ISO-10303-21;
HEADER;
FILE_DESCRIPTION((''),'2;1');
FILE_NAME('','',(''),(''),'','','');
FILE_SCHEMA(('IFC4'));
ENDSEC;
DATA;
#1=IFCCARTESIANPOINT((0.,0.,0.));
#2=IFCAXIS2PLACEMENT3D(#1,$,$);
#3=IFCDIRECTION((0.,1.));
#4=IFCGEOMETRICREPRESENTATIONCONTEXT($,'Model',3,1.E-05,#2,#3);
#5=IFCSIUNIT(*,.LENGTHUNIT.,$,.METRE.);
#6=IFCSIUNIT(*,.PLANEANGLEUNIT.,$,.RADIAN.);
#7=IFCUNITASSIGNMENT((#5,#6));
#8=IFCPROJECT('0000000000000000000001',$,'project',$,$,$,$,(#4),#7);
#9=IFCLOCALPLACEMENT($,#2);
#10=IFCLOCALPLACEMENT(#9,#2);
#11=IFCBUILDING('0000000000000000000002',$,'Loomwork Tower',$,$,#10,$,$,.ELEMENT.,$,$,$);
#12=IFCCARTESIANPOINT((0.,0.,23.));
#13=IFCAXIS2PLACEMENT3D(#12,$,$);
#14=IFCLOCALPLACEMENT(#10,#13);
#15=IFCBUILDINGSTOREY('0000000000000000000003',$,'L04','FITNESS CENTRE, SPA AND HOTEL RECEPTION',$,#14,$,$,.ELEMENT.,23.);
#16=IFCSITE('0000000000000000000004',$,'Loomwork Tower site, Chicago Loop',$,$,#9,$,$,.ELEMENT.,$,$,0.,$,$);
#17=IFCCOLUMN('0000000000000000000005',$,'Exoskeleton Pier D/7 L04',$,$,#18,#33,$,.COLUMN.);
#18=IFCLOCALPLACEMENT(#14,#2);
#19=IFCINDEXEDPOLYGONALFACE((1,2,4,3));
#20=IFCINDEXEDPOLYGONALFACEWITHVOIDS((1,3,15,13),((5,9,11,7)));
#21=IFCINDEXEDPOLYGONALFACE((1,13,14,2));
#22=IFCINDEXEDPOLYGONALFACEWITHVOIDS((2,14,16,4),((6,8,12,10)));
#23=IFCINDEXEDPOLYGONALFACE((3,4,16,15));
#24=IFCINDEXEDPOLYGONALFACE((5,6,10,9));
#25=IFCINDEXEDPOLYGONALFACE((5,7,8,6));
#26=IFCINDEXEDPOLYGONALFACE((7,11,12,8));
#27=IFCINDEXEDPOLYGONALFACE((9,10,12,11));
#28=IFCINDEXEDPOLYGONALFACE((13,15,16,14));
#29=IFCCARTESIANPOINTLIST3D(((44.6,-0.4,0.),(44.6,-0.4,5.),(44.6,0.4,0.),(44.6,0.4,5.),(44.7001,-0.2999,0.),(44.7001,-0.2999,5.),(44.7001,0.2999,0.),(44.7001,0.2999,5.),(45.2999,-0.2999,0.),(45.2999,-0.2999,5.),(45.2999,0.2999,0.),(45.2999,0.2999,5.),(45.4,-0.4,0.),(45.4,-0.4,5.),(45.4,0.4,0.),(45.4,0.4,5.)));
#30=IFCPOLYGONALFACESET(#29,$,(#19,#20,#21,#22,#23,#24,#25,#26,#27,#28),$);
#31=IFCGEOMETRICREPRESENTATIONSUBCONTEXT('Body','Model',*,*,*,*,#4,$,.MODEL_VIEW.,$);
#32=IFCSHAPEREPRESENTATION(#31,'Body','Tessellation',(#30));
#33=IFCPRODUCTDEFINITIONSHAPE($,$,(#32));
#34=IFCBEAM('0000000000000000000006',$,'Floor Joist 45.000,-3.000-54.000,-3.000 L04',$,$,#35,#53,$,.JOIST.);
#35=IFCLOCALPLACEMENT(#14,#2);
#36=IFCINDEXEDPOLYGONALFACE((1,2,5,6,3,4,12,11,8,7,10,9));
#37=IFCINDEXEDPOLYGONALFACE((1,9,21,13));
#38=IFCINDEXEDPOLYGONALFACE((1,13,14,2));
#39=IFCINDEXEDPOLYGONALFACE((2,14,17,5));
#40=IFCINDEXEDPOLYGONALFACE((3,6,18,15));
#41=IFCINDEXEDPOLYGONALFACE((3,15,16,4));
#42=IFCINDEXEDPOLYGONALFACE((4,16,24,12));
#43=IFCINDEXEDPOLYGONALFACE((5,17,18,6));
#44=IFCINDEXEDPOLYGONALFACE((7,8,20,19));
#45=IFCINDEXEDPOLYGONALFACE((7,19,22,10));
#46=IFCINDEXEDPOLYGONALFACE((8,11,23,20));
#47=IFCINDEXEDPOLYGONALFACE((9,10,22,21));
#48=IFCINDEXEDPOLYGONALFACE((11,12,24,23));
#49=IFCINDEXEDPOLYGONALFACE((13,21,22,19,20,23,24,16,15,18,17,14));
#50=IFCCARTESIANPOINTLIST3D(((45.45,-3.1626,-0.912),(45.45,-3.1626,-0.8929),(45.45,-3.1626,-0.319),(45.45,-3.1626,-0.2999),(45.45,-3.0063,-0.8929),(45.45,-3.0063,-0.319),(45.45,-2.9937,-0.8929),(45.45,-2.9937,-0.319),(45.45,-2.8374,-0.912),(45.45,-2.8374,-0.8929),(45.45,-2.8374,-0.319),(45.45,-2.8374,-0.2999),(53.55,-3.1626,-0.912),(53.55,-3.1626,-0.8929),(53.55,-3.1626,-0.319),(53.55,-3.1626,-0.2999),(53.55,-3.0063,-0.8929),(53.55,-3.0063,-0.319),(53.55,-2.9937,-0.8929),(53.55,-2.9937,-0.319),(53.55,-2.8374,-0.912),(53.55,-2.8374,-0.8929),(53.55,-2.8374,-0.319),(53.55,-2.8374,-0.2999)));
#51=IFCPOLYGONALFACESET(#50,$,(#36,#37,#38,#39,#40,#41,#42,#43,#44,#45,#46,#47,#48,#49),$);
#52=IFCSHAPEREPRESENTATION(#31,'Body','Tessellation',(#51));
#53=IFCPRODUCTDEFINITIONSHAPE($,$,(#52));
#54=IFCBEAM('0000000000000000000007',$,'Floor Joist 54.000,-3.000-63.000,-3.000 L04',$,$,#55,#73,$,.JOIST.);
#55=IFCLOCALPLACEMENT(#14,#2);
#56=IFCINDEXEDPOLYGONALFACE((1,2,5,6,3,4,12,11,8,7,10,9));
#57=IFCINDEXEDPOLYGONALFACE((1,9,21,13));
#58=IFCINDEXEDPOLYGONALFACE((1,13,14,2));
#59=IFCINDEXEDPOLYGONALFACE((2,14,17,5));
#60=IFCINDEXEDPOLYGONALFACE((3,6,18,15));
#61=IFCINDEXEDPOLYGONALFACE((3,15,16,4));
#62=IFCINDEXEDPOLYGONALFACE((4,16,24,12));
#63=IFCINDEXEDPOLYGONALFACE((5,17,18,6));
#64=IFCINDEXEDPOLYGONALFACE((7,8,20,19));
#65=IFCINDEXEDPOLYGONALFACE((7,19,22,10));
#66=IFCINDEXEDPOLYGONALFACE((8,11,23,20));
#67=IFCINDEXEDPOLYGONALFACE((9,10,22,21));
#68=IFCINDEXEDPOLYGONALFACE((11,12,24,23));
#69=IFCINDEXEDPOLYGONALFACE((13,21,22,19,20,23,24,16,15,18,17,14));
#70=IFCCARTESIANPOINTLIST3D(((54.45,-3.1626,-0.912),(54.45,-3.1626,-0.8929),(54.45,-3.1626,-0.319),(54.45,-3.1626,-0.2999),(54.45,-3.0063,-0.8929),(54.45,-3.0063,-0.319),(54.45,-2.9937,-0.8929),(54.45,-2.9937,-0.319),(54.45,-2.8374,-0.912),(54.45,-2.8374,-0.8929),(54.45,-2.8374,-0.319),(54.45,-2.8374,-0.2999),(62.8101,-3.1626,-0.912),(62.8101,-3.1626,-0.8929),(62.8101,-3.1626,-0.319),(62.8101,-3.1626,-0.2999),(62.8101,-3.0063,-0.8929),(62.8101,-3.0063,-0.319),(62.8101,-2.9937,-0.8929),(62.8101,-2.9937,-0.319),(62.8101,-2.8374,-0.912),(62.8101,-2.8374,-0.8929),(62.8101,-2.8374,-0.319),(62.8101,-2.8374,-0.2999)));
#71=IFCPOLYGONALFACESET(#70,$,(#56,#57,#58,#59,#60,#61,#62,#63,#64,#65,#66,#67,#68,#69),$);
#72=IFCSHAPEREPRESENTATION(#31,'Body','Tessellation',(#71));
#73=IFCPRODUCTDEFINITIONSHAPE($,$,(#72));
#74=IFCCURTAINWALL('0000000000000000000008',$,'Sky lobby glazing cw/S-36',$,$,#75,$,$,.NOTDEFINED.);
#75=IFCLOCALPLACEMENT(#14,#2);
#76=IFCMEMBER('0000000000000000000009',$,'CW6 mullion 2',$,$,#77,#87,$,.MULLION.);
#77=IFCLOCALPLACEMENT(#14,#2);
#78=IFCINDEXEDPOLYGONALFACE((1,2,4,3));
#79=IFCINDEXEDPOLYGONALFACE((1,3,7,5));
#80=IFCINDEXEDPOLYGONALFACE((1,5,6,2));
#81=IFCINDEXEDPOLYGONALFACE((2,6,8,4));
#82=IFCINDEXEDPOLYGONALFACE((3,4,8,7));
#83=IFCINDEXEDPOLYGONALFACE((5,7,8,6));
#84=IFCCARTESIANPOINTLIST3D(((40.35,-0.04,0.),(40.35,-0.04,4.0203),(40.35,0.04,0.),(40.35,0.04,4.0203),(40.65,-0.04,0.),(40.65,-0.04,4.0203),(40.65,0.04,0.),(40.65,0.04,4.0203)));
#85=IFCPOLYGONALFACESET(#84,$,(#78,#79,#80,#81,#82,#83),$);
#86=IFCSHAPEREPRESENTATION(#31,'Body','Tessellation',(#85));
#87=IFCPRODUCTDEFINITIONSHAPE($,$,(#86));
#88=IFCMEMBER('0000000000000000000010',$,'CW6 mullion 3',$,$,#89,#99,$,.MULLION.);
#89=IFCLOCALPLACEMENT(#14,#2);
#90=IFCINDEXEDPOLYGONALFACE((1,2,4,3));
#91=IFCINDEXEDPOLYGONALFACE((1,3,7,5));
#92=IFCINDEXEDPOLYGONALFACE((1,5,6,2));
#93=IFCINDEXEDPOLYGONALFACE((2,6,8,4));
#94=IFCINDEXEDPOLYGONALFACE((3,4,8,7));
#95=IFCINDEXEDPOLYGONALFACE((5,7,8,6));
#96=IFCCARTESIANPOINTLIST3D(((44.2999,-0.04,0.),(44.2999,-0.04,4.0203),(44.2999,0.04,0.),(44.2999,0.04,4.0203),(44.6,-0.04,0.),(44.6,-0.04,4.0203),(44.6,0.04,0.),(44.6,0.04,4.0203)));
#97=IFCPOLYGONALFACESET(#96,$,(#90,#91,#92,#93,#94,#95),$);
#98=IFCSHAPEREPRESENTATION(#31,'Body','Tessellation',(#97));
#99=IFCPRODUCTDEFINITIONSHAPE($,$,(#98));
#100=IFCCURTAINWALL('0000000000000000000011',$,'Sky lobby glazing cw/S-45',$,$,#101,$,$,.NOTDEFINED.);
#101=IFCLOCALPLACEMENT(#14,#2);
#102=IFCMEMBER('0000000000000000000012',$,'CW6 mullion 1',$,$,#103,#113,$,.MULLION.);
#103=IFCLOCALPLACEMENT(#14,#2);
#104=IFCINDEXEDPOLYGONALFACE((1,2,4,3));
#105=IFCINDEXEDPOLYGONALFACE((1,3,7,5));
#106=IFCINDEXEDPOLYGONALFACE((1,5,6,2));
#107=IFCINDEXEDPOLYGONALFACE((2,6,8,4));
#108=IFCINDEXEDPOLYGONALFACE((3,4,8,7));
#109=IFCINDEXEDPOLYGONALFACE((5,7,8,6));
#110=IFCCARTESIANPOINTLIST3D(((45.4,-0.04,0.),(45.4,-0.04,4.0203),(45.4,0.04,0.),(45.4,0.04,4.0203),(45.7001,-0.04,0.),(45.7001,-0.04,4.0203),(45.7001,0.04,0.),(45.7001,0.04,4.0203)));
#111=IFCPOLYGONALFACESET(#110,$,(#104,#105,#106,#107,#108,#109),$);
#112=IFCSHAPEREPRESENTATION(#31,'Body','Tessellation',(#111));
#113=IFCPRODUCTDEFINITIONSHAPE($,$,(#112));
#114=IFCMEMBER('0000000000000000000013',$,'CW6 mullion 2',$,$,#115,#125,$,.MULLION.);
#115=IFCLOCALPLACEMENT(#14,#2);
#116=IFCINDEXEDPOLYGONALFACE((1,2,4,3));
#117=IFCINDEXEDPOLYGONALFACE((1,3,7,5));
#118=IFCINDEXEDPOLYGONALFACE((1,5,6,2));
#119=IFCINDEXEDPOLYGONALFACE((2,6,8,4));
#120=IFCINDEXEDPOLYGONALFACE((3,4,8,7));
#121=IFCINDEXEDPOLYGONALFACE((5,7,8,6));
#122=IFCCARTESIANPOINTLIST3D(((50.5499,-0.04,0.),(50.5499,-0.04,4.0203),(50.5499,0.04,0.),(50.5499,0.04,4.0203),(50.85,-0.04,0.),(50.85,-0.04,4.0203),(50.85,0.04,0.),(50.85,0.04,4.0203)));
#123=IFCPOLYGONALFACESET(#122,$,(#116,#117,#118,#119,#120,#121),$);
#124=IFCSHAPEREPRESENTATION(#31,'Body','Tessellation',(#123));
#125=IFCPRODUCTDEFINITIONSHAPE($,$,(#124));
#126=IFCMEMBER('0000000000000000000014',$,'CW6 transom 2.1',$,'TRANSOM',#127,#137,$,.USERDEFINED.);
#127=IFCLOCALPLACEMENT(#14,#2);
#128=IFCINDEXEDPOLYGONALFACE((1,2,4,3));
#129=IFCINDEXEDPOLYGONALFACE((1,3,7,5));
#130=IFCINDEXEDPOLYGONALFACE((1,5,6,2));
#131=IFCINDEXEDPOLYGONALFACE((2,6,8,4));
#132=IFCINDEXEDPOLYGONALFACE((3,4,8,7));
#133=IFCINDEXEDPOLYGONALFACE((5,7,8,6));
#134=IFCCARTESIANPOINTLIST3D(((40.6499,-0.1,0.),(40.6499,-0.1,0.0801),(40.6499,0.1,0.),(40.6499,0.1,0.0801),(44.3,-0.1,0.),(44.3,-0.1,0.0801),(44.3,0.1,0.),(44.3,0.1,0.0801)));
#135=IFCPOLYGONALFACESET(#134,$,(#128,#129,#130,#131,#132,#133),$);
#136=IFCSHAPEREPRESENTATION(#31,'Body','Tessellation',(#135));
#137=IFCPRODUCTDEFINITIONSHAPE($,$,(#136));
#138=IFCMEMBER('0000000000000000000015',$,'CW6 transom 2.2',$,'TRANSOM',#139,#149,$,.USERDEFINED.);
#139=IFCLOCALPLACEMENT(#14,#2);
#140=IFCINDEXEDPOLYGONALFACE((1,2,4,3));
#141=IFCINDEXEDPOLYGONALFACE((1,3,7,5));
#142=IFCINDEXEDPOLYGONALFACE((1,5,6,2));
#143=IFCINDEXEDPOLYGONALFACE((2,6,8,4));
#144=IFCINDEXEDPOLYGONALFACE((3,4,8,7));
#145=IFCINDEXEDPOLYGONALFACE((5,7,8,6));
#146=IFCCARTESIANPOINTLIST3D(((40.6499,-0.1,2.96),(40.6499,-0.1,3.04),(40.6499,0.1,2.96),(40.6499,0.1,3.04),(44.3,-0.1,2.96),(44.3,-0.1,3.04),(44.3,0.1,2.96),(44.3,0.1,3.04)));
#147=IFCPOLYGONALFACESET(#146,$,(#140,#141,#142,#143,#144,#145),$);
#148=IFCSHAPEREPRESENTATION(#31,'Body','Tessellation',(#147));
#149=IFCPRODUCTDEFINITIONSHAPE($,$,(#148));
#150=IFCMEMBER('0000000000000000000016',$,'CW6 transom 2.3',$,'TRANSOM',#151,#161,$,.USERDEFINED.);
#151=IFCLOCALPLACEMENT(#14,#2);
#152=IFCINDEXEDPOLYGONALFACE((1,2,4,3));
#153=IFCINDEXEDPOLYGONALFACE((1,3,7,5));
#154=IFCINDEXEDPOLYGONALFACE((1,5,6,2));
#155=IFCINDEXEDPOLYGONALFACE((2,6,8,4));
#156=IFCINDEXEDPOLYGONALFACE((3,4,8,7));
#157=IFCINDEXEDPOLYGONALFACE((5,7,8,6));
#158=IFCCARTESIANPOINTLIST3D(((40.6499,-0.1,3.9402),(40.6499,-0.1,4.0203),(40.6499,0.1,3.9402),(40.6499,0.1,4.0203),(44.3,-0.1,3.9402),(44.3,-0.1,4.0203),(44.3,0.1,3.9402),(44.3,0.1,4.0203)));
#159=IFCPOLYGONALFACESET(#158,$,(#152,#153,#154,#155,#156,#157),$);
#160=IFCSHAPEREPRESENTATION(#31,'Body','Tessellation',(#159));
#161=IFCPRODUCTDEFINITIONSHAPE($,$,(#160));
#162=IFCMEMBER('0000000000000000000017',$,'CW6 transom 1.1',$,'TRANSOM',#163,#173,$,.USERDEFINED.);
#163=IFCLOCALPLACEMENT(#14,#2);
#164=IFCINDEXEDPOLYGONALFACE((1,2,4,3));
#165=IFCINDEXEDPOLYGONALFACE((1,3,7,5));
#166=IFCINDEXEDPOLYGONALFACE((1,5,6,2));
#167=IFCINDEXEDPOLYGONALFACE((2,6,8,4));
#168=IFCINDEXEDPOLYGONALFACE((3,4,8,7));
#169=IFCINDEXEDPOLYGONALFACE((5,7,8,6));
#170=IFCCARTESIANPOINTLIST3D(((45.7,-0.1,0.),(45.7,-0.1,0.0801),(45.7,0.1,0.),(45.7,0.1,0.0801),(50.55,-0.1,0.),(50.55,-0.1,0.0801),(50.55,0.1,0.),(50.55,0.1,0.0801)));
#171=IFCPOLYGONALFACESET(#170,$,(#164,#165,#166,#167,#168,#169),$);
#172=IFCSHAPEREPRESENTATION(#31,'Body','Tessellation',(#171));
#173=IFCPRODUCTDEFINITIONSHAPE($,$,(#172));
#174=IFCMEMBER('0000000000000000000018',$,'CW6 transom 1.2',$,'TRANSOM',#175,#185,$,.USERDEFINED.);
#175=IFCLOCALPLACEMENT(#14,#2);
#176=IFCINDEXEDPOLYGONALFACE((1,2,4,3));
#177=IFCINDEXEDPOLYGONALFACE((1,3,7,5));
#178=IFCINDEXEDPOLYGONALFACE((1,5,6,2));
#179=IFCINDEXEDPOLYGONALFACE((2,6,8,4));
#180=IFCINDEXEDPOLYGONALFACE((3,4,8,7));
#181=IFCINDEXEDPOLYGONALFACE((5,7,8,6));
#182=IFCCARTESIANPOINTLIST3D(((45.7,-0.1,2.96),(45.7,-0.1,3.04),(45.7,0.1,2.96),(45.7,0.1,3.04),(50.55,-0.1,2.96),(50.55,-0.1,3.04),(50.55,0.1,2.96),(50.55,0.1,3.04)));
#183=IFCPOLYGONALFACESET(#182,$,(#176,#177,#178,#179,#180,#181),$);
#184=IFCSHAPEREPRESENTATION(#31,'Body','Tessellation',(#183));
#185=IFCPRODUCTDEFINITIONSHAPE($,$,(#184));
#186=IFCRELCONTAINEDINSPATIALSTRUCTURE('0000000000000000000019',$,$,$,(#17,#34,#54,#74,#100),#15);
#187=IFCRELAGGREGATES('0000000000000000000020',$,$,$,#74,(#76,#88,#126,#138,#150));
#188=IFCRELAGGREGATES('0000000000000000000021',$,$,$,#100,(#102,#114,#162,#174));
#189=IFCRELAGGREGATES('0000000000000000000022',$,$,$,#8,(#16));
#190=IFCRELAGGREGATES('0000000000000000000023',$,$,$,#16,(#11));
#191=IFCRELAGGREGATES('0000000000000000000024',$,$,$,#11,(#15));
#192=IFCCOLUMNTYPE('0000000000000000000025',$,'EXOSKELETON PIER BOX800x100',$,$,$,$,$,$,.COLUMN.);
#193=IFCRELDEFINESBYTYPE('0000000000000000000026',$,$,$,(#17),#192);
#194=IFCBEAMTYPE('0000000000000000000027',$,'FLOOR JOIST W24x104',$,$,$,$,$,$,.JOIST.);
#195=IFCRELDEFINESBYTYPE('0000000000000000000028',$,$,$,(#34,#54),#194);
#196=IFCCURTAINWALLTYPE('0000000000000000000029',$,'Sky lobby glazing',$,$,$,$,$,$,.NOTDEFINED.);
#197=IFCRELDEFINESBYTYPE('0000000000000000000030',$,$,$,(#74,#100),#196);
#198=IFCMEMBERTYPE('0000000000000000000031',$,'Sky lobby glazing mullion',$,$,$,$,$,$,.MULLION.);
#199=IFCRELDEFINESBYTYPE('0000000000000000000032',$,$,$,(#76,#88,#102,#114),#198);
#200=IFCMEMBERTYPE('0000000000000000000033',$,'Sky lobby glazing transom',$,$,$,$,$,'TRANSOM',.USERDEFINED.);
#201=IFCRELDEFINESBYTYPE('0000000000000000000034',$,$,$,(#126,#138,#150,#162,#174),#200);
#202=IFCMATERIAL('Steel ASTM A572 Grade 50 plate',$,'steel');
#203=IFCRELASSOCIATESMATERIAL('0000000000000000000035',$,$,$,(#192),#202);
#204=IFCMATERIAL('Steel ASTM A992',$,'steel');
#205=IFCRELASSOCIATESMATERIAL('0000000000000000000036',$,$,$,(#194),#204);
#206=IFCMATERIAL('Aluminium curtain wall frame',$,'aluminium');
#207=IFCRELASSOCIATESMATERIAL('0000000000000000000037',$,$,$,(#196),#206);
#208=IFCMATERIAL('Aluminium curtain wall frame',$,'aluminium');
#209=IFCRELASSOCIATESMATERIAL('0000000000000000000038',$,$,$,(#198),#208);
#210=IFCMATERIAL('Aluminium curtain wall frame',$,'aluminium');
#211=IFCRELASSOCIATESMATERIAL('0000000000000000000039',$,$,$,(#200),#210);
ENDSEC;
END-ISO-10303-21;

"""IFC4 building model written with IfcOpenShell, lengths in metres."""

from ifc_helpers import new_model, si_unit, direction, frame, origin, origin_2d, place, context, subcontext, project, spatial, rectangle, hollow_rectangle, i_section, extrude, material, material_profile, profile_set, type_object, element, aggregate, save


model = new_model("IFC4")

# Units and contexts
model_context = context("Model", 3, precision=1e-05, world=origin(), true_north=direction((0.0, 1.0)))
body_context = subcontext(model_context, "Body", "Model", "MODEL_VIEW")
ifc_project = project(units=[si_unit("LENGTHUNIT", "METRE"), si_unit("PLANEANGLEUNIT", "RADIAN")], contexts=[model_context])

# Site, building, storey
site_placement = place(None, origin())
site = spatial("IfcSite", under=ifc_project, at=site_placement, Name="Loomwork Tower site, Chicago Loop", CompositionType="ELEMENT", RefElevation=0.0)
building_placement = place(site_placement, origin())
building = spatial("IfcBuilding", under=site, at=building_placement, Name="Loomwork Tower", CompositionType="ELEMENT")
storey_placement = place(building_placement, frame((0.0, 0.0, 23.0)))
storey = spatial("IfcBuildingStorey", under=building, at=storey_placement, Name="L04", Description="FITNESS CENTRE, SPA AND HOTEL RECEPTION", CompositionType="ELEMENT", Elevation=23.0)

# Column
ifc_material_1 = material(Name="Steel ASTM A572 Grade 50 plate", Category="steel")
ifc_material_profile_1 = material_profile(ifc_material_1, hollow_rectangle(XDim=0.8, YDim=0.8, WallThickness=0.1001, at=origin_2d()), Name="BOX800x100")
ifc_profile_set_1 = profile_set([ifc_material_profile_1], Name="Steel ASTM A572 Grade 50 plate")
column_type = type_object("IfcColumnType", Name="EXOSKELETON PIER BOX800x100", PredefinedType="COLUMN", material=ifc_profile_set_1)
column_placement = place(storey_placement, frame((45.0, 0.0, 0.0), z_axis=(0.0, 0.0, 1.0), x_axis=(1.0, 0.0, 0.0)))
element("IfcColumn", 1, at=column_placement, inside=storey, type_object=column_type, Name="Exoskeleton Pier D/7 L04", PredefinedType="COLUMN", context=body_context, shape_type="SweptSolid", body=[
    extrude(hollow_rectangle(XDim=0.8, YDim=0.8, WallThickness=0.1001, at=origin_2d()), origin(), (0.0, 0.0, 1.0), 5.0),
])

# Beams
ifc_material_2 = material(Name="Steel ASTM A992", Category="steel")
ifc_material_profile_2 = material_profile(ifc_material_2, i_section(OverallWidth=0.3252, OverallDepth=0.6121, WebThickness=0.0127, FlangeThickness=0.019, at=origin_2d()), Name="W24x104")
ifc_profile_set_2 = profile_set([ifc_material_profile_2], Name="Steel ASTM A992")
beam_type_1 = type_object("IfcBeamType", Name="FLOOR JOIST W24x104", PredefinedType="JOIST", material=ifc_profile_set_2)
beam_1_placement = place(storey_placement, frame((45.45, -3.0, -0.606), z_axis=(1.0, 0.0, 0.0), x_axis=(0.0, 1.0, 0.0)))
element("IfcBeam", 2, at=beam_1_placement, inside=storey, type_object=beam_type_1, Name="Floor Joist 45.000,-3.000-54.000,-3.000 L04", PredefinedType="JOIST", context=body_context, shape_type="SweptSolid", body=[
    extrude(i_section(OverallWidth=0.3252, OverallDepth=0.6121, WebThickness=0.0127, FlangeThickness=0.019, at=origin_2d()), origin(), (0.0, 0.0, 1.0), 8.1001),
])
beam_2_placement = place(storey_placement, frame((54.45, -3.0, -0.606), z_axis=(1.0, 0.0, 0.0), x_axis=(0.0, 1.0, 0.0)))
element("IfcBeam", 3, at=beam_2_placement, inside=storey, type_object=beam_type_1, Name="Floor Joist 54.000,-3.000-63.000,-3.000 L04", PredefinedType="JOIST", context=body_context, shape_type="SweptSolid", body=[
    extrude(i_section(OverallWidth=0.3252, OverallDepth=0.6121, WebThickness=0.0127, FlangeThickness=0.019, at=origin_2d()), origin(), (0.0, 0.0, 1.0), 8.3601),
])

# Curtain walls, members
ifc_material_3 = material(Name="Aluminium curtain wall frame", Category="aluminium")
curtain_wall_type = type_object("IfcCurtainWallType", Name="Sky lobby glazing", PredefinedType="NOTDEFINED", material=ifc_material_3)
curtain_wall_1_placement = place(storey_placement, origin())
curtain_wall_1 = element("IfcCurtainWall", 4, at=curtain_wall_1_placement, inside=storey, type_object=curtain_wall_type, Name="Sky lobby glazing cw/S-36", PredefinedType="NOTDEFINED")
ifc_material_4 = material(Name="Aluminium curtain wall frame", Category="aluminium")
ifc_material_profile_3 = material_profile(ifc_material_4, rectangle(XDim=0.0801, YDim=0.3, at=origin_2d()), Name="AL 80x300")
ifc_profile_set_3 = profile_set([ifc_material_profile_3], Name="Aluminium curtain wall frame")
member_type_1 = type_object("IfcMemberType", Name="Sky lobby glazing mullion", PredefinedType="MULLION", material=ifc_profile_set_3)
member_1_placement = place(storey_placement, frame((40.5, 0.0, 0.0), z_axis=(0.0, 0.0, 1.0), x_axis=(0.0, 1.0, 0.0)))
member_1 = element("IfcMember", 5, at=member_1_placement, type_object=member_type_1, Name="CW6 mullion 2", PredefinedType="MULLION", context=body_context, shape_type="SweptSolid", body=[
    extrude(rectangle(XDim=0.0801, YDim=0.3, at=origin_2d()), origin(), (0.0, 0.0, 1.0), 4.0203),
])
member_2_placement = place(storey_placement, frame((44.45, 0.0, 0.0), z_axis=(0.0, 0.0, 1.0), x_axis=(0.0, 1.0, 0.0)))
member_2 = element("IfcMember", 6, at=member_2_placement, type_object=member_type_1, Name="CW6 mullion 3", PredefinedType="MULLION", context=body_context, shape_type="SweptSolid", body=[
    extrude(rectangle(XDim=0.0801, YDim=0.3, at=origin_2d()), origin(), (0.0, 0.0, 1.0), 4.0203),
])
curtain_wall_2_placement = place(storey_placement, origin())
curtain_wall_2 = element("IfcCurtainWall", 7, at=curtain_wall_2_placement, inside=storey, type_object=curtain_wall_type, Name="Sky lobby glazing cw/S-45", PredefinedType="NOTDEFINED")
member_3_placement = place(storey_placement, frame((45.55, 0.0, 0.0), z_axis=(0.0, 0.0, 1.0), x_axis=(0.0, 1.0, 0.0)))
member_3 = element("IfcMember", 8, at=member_3_placement, type_object=member_type_1, Name="CW6 mullion 1", PredefinedType="MULLION", context=body_context, shape_type="SweptSolid", body=[
    extrude(rectangle(XDim=0.0801, YDim=0.3, at=origin_2d()), origin(), (0.0, 0.0, 1.0), 4.0203),
])
member_4_placement = place(storey_placement, frame((50.7, 0.0, 0.0), z_axis=(0.0, 0.0, 1.0), x_axis=(0.0, 1.0, 0.0)))
member_4 = element("IfcMember", 9, at=member_4_placement, type_object=member_type_1, Name="CW6 mullion 2", PredefinedType="MULLION", context=body_context, shape_type="SweptSolid", body=[
    extrude(rectangle(XDim=0.0801, YDim=0.3, at=origin_2d()), origin(), (0.0, 0.0, 1.0), 4.0203),
])

# Members
ifc_material_5 = material(Name="Aluminium curtain wall frame", Category="aluminium")
ifc_material_profile_4 = material_profile(ifc_material_5, rectangle(XDim=0.2, YDim=0.0801, at=origin_2d()), Name="AL 80x200")
ifc_profile_set_4 = profile_set([ifc_material_profile_4], Name="Aluminium curtain wall frame")
member_type_2 = type_object("IfcMemberType", Name="Sky lobby glazing transom", ElementType="TRANSOM", PredefinedType="USERDEFINED", material=ifc_profile_set_4)
member_5_placement = place(storey_placement, frame((40.6499, 0.0, 0.04), z_axis=(1.0, 0.0, 0.0), x_axis=(0.0, 1.0, 0.0)))
member_5 = element("IfcMember", 10, at=member_5_placement, type_object=member_type_2, Name="CW6 transom 2.1", ObjectType="TRANSOM", PredefinedType="USERDEFINED", context=body_context, shape_type="SweptSolid", body=[
    extrude(rectangle(XDim=0.2, YDim=0.0801, at=origin_2d()), origin(), (0.0, 0.0, 1.0), 3.6501),
])
member_6_placement = place(storey_placement, frame((40.6499, 0.0, 3.0), z_axis=(1.0, 0.0, 0.0), x_axis=(0.0, 1.0, 0.0)))
member_6 = element("IfcMember", 11, at=member_6_placement, type_object=member_type_2, Name="CW6 transom 2.2", ObjectType="TRANSOM", PredefinedType="USERDEFINED", context=body_context, shape_type="SweptSolid", body=[
    extrude(rectangle(XDim=0.2, YDim=0.0801, at=origin_2d()), origin(), (0.0, 0.0, 1.0), 3.6501),
])
member_7_placement = place(storey_placement, frame((40.6499, 0.0, 3.9802), z_axis=(1.0, 0.0, 0.0), x_axis=(0.0, 1.0, 0.0)))
member_7 = element("IfcMember", 12, at=member_7_placement, type_object=member_type_2, Name="CW6 transom 2.3", ObjectType="TRANSOM", PredefinedType="USERDEFINED", context=body_context, shape_type="SweptSolid", body=[
    extrude(rectangle(XDim=0.2, YDim=0.0801, at=origin_2d()), origin(), (0.0, 0.0, 1.0), 3.6501),
])
member_8_placement = place(storey_placement, frame((45.7, 0.0, 0.04), z_axis=(1.0, 0.0, 0.0), x_axis=(0.0, 1.0, 0.0)))
member_8 = element("IfcMember", 13, at=member_8_placement, type_object=member_type_2, Name="CW6 transom 1.1", ObjectType="TRANSOM", PredefinedType="USERDEFINED", context=body_context, shape_type="SweptSolid", body=[
    extrude(rectangle(XDim=0.2, YDim=0.0801, at=origin_2d()), origin(), (0.0, 0.0, 1.0), 4.8501),
])
member_9_placement = place(storey_placement, frame((45.7, 0.0, 3.0), z_axis=(1.0, 0.0, 0.0), x_axis=(0.0, 1.0, 0.0)))
member_9 = element("IfcMember", 14, at=member_9_placement, type_object=member_type_2, Name="CW6 transom 1.2", ObjectType="TRANSOM", PredefinedType="USERDEFINED", context=body_context, shape_type="SweptSolid", body=[
    extrude(rectangle(XDim=0.2, YDim=0.0801, at=origin_2d()), origin(), (0.0, 0.0, 1.0), 4.8501),
])

aggregate(curtain_wall_1, [member_1, member_2, member_5, member_6, member_7])
aggregate(curtain_wall_2, [member_3, member_4, member_8, member_9])

save(model, "model.ifc")
